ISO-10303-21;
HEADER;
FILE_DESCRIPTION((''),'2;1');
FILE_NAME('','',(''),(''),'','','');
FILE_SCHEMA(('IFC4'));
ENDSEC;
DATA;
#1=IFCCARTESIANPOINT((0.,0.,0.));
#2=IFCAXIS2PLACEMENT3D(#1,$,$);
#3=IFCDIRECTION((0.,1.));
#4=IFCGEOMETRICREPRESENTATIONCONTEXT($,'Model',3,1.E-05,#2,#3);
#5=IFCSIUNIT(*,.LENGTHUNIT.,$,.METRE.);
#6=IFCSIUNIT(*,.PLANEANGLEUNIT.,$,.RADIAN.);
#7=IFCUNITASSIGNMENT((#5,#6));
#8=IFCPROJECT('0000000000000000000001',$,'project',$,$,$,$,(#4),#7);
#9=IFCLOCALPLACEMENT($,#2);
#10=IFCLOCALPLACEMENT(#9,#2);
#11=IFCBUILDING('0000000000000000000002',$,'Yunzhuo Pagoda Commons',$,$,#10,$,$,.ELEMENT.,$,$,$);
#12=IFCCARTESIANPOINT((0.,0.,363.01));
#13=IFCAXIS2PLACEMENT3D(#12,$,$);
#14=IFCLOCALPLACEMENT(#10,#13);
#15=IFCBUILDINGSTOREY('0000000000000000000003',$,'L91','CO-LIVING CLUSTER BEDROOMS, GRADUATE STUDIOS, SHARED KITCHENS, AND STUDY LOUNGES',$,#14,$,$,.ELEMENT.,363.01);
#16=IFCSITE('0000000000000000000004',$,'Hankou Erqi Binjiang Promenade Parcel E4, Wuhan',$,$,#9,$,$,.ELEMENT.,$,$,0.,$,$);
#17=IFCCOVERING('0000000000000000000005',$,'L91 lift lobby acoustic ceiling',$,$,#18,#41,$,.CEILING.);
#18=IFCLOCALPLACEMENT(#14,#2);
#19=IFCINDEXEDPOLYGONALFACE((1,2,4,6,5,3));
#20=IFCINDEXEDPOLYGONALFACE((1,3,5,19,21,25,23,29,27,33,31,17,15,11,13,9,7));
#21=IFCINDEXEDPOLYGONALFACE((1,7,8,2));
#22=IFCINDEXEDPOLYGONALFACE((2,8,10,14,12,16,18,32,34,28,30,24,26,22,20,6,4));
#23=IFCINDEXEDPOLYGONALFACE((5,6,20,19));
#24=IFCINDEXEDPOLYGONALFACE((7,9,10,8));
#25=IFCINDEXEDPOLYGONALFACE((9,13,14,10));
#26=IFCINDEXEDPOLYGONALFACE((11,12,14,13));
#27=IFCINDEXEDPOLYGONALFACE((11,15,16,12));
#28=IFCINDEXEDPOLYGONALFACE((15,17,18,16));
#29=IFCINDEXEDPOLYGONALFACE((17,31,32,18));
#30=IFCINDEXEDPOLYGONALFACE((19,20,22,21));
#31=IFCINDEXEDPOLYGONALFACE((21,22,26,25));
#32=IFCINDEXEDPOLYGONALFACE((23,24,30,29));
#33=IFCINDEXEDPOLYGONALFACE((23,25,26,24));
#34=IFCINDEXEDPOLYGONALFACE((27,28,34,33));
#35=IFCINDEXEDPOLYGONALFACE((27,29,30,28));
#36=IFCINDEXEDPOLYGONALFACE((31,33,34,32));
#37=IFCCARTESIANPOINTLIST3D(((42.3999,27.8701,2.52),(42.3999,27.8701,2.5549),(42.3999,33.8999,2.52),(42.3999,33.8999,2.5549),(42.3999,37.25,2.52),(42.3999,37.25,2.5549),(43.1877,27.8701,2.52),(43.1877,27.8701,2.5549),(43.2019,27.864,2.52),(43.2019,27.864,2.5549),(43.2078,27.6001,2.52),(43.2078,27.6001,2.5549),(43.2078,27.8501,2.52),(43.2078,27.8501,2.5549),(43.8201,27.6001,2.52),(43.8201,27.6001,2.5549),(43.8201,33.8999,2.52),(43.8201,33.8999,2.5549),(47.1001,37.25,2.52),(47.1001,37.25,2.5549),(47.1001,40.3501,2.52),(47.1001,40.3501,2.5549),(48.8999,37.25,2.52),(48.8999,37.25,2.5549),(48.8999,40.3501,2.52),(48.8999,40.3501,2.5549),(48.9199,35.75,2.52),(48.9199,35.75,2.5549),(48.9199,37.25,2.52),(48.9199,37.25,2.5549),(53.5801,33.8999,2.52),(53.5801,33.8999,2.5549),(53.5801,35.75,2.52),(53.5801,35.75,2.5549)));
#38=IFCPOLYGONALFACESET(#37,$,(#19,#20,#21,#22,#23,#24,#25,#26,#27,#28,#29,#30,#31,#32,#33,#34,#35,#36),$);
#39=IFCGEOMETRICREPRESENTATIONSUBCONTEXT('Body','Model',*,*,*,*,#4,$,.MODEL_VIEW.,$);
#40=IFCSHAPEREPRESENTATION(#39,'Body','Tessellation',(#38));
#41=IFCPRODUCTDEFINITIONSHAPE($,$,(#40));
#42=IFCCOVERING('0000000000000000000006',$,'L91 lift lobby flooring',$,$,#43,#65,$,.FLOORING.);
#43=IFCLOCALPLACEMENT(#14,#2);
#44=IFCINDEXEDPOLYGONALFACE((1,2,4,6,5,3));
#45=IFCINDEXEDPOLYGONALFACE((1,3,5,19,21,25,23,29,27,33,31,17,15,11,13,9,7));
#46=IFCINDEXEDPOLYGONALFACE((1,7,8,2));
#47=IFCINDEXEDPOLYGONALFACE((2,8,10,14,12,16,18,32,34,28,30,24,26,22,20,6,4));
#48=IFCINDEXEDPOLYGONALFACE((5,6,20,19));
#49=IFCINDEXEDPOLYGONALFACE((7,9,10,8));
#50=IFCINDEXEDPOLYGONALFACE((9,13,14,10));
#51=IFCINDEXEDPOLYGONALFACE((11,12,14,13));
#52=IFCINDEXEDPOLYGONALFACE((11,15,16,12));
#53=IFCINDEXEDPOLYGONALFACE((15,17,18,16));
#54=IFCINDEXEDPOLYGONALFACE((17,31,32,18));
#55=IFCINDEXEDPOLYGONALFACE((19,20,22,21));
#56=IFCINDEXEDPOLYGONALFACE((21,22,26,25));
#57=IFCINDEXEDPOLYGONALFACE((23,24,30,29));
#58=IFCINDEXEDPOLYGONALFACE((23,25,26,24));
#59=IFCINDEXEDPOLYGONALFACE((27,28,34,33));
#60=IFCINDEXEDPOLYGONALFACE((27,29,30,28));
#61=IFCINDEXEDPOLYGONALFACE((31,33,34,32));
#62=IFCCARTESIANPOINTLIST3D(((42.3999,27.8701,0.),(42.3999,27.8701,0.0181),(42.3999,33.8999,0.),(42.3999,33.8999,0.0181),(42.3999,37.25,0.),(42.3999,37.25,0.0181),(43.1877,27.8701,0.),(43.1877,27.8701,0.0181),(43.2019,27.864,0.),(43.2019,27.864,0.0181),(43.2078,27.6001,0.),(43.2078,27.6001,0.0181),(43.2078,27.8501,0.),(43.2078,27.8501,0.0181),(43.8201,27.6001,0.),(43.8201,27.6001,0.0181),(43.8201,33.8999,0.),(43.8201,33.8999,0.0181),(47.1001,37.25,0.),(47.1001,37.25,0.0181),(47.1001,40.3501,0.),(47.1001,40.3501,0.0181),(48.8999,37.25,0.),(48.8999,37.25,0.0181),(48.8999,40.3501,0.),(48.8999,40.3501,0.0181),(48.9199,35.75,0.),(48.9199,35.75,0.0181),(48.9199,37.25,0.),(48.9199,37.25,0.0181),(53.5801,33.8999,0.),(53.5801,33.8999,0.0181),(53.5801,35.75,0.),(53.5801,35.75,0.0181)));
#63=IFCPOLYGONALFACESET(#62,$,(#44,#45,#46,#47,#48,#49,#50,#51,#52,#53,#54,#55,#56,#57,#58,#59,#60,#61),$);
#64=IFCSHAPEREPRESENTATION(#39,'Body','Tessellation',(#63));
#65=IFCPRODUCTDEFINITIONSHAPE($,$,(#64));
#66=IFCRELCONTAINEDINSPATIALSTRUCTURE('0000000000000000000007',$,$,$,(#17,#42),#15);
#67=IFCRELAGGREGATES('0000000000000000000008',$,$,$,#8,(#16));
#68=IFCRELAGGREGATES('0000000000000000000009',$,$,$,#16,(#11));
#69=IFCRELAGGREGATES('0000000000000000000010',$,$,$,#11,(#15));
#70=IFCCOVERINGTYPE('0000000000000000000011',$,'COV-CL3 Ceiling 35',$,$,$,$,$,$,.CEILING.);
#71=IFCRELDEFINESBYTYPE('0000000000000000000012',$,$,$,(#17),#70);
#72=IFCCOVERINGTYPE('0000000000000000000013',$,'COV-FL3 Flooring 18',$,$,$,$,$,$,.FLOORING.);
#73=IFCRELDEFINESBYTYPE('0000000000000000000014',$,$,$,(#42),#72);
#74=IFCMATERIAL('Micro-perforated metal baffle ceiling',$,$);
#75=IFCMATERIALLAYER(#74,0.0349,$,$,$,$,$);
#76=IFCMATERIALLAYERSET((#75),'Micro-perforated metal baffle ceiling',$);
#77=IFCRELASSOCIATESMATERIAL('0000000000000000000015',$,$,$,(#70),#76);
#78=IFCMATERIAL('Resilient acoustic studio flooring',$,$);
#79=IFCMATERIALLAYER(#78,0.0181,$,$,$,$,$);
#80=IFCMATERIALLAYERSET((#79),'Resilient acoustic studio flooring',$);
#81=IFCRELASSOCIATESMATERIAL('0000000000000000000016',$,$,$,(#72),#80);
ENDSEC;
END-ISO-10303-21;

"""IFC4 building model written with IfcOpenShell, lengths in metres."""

from ifc_helpers import new_model, si_unit, direction, frame, origin, place, context, subcontext, project, spatial, polyline, outline, extrude, material, layer, layer_set, type_object, element, save


model = new_model("IFC4")

# Units and contexts
model_context = context("Model", 3, precision=1e-05, world=origin(), true_north=direction((0.0, 1.0)))
body_context = subcontext(model_context, "Body", "Model", "MODEL_VIEW")
ifc_project = project(units=[si_unit("LENGTHUNIT", "METRE"), si_unit("PLANEANGLEUNIT", "RADIAN")], contexts=[model_context])

# Site, building, storey
site_placement = place(None, origin())
site = spatial("IfcSite", under=ifc_project, at=site_placement, Name="Hankou Erqi Binjiang Promenade Parcel E4, Wuhan", CompositionType="ELEMENT", RefElevation=0.0)
building_placement = place(site_placement, origin())
building = spatial("IfcBuilding", under=site, at=building_placement, Name="Yunzhuo Pagoda Commons", CompositionType="ELEMENT")
storey_placement = place(building_placement, frame((0.0, 0.0, 363.01)))
storey = spatial("IfcBuildingStorey", under=building, at=storey_placement, Name="L91", Description="CO-LIVING CLUSTER BEDROOMS, GRADUATE STUDIOS, SHARED KITCHENS, AND STUDY LOUNGES", CompositionType="ELEMENT", Elevation=363.01)

# Coverings
ifc_material_1 = material(Name="Micro-perforated metal baffle ceiling")
ifc_layer_1 = layer(ifc_material_1, 0.0349)
ifc_layer_set_1 = layer_set([ifc_layer_1], Name="Micro-perforated metal baffle ceiling")
covering_type_1 = type_object("IfcCoveringType", Name="COV-CL3 Ceiling 35", PredefinedType="CEILING", material=ifc_layer_set_1)
covering_1_placement = place(storey_placement, frame((0.0, 0.0, 2.52)))
element("IfcCovering", 1, at=covering_1_placement, inside=storey, type_object=covering_type_1, Name="L91 lift lobby acoustic ceiling", PredefinedType="CEILING", context=body_context, shape_type="SweptSolid", body=[
    extrude(outline(polyline([(42.3999, 37.25), (47.1001, 37.25), (47.1001, 40.3501), (48.8999, 40.3501), (48.8999, 37.25), (48.9199, 37.25), (48.9199, 35.75), (53.5801, 35.75), (53.5801, 33.8999), (43.8201, 33.8999), (43.8201, 27.6001), (43.2078, 27.6001), (43.2078, 27.8501), (43.2019, 27.864), (43.1877, 27.8701), (42.3999, 27.8701), (42.3999, 33.8999), (42.3999, 37.25)])), origin(), (0.0, 0.0, 1.0), 0.0349),
])
ifc_material_2 = material(Name="Resilient acoustic studio flooring")
ifc_layer_2 = layer(ifc_material_2, 0.0181)
ifc_layer_set_2 = layer_set([ifc_layer_2], Name="Resilient acoustic studio flooring")
covering_type_2 = type_object("IfcCoveringType", Name="COV-FL3 Flooring 18", PredefinedType="FLOORING", material=ifc_layer_set_2)
covering_2_placement = place(storey_placement, origin())
element("IfcCovering", 2, at=covering_2_placement, inside=storey, type_object=covering_type_2, Name="L91 lift lobby flooring", PredefinedType="FLOORING", context=body_context, shape_type="SweptSolid", body=[
    extrude(outline(polyline([(42.3999, 37.25), (47.1001, 37.25), (47.1001, 40.3501), (48.8999, 40.3501), (48.8999, 37.25), (48.9199, 37.25), (48.9199, 35.75), (53.5801, 35.75), (53.5801, 33.8999), (43.8201, 33.8999), (43.8201, 27.6001), (43.2078, 27.6001), (43.2078, 27.8501), (43.2019, 27.864), (43.1877, 27.8701), (42.3999, 27.8701), (42.3999, 33.8999), (42.3999, 37.25)])), origin(), (0.0, 0.0, 1.0), 0.0181),
])

save(model, "model.ifc")
